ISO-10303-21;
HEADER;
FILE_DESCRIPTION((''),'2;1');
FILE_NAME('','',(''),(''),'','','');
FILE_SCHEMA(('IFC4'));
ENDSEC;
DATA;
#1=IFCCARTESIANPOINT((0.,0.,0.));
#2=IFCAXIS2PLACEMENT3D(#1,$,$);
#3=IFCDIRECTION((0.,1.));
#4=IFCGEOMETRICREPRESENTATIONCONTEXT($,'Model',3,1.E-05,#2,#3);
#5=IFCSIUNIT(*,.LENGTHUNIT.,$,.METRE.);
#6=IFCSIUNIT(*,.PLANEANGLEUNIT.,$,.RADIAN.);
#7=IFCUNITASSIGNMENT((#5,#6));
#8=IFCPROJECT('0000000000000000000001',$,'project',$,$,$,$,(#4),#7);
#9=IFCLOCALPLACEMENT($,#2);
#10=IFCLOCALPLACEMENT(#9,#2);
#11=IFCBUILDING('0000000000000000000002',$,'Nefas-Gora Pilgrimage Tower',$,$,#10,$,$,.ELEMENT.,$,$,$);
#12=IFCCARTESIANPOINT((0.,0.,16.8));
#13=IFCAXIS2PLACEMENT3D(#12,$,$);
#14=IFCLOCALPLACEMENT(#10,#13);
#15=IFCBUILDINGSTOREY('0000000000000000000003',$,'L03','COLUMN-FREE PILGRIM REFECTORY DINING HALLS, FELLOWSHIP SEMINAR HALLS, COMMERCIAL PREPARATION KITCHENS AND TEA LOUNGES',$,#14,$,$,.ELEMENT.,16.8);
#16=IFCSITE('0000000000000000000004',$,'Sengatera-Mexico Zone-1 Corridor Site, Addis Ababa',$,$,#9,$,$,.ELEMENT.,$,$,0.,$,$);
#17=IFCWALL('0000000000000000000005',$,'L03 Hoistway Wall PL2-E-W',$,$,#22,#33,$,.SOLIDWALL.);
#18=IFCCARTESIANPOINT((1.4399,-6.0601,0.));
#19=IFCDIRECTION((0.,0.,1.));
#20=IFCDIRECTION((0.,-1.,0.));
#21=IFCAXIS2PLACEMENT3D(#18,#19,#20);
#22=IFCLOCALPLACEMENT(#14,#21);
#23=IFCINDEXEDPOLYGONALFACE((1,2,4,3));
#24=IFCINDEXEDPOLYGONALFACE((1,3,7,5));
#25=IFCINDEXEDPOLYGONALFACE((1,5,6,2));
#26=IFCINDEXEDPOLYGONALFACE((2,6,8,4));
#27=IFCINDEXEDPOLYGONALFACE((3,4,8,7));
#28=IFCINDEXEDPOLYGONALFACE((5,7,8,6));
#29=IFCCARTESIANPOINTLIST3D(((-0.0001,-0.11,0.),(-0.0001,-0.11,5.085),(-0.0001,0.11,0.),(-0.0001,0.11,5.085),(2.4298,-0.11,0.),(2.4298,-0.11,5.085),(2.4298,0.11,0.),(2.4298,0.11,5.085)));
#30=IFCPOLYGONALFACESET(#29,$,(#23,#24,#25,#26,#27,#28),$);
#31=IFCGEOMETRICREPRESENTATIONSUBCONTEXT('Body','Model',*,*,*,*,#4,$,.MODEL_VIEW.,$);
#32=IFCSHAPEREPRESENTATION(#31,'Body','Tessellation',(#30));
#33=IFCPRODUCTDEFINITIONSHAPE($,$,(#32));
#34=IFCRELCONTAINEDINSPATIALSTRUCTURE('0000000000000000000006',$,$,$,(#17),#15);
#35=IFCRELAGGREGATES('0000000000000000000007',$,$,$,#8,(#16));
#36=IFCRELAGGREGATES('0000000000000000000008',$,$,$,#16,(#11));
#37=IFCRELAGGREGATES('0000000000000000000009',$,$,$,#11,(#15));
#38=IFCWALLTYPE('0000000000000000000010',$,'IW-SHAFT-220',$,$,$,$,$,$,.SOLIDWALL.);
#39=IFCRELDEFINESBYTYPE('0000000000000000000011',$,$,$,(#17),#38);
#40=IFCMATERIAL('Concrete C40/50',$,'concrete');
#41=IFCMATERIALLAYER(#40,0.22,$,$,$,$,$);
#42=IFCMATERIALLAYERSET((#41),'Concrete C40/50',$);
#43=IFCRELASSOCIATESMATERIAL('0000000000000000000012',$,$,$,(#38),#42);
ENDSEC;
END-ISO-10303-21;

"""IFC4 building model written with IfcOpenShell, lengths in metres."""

from ifc_helpers import new_model, si_unit, direction, frame, frame_2d, origin, place, context, subcontext, project, spatial, rectangle, extrude, source, transform, mapped, material, layer, layer_set, type_object, element, save


model = new_model("IFC4")

# Units and contexts
model_context = context("Model", 3, precision=1e-05, world=origin(), true_north=direction((0.0, 1.0)))
body_context = subcontext(model_context, "Body", "Model", "MODEL_VIEW")
ifc_project = project(units=[si_unit("LENGTHUNIT", "METRE"), si_unit("PLANEANGLEUNIT", "RADIAN")], contexts=[model_context])

# Site, building, storey
site_placement = place(None, origin())
site = spatial("IfcSite", under=ifc_project, at=site_placement, Name="Sengatera-Mexico Zone-1 Corridor Site, Addis Ababa", CompositionType="ELEMENT", RefElevation=0.0)
building_placement = place(site_placement, origin())
building = spatial("IfcBuilding", under=site, at=building_placement, Name="Nefas-Gora Pilgrimage Tower", CompositionType="ELEMENT")
storey_placement = place(building_placement, frame((0.0, 0.0, 16.8)))
storey = spatial("IfcBuildingStorey", under=building, at=storey_placement, Name="L03", Description="COLUMN-FREE PILGRIM REFECTORY DINING HALLS, FELLOWSHIP SEMINAR HALLS, COMMERCIAL PREPARATION KITCHENS AND TEA LOUNGES", CompositionType="ELEMENT", Elevation=16.8)

# Shared definitions
ifc_material_1 = material(Name="Concrete C40/50", Category="concrete")
ifc_layer_1 = layer(ifc_material_1, 0.22)
ifc_layer_set_1 = layer_set([ifc_layer_1], Name="Concrete C40/50")
wall_type_1 = type_object("IfcWallType", Name="IW-SHAFT-220", PredefinedType="SOLIDWALL", material=ifc_layer_set_1)

# Wall
shared_shape_1 = source(origin(), body_context, "Body", "SweptSolid", [
    extrude(rectangle(XDim=2.4299, YDim=0.22, at=frame_2d((1.2148, 0.0))), origin(), (0.0, 0.0, 1.0), 5.085),
])
for number, where, z_axis, x_axis, name in (
    (1, (1.4399, -6.0601, 0.0), (0.0, 0.0, 1.0), (0.0, -1.0, 0.0), "L03 Hoistway Wall PL2-E-W"),
):
    element("IfcWall", number, at=place(storey_placement, frame(where, z_axis=z_axis, x_axis=x_axis)), inside=storey, type_object=wall_type_1, Name=name, PredefinedType="SOLIDWALL", context=body_context, shape_type="MappedRepresentation", body=[
        mapped(shared_shape_1, transform((0.0, 0.0, 0.0), x_axis=(1.0, 0.0, 0.0), y_axis=(0.0, 1.0, 0.0), z_axis=(0.0, 0.0, 1.0), scale=1.0)),
    ])

save(model, "model.ifc")
